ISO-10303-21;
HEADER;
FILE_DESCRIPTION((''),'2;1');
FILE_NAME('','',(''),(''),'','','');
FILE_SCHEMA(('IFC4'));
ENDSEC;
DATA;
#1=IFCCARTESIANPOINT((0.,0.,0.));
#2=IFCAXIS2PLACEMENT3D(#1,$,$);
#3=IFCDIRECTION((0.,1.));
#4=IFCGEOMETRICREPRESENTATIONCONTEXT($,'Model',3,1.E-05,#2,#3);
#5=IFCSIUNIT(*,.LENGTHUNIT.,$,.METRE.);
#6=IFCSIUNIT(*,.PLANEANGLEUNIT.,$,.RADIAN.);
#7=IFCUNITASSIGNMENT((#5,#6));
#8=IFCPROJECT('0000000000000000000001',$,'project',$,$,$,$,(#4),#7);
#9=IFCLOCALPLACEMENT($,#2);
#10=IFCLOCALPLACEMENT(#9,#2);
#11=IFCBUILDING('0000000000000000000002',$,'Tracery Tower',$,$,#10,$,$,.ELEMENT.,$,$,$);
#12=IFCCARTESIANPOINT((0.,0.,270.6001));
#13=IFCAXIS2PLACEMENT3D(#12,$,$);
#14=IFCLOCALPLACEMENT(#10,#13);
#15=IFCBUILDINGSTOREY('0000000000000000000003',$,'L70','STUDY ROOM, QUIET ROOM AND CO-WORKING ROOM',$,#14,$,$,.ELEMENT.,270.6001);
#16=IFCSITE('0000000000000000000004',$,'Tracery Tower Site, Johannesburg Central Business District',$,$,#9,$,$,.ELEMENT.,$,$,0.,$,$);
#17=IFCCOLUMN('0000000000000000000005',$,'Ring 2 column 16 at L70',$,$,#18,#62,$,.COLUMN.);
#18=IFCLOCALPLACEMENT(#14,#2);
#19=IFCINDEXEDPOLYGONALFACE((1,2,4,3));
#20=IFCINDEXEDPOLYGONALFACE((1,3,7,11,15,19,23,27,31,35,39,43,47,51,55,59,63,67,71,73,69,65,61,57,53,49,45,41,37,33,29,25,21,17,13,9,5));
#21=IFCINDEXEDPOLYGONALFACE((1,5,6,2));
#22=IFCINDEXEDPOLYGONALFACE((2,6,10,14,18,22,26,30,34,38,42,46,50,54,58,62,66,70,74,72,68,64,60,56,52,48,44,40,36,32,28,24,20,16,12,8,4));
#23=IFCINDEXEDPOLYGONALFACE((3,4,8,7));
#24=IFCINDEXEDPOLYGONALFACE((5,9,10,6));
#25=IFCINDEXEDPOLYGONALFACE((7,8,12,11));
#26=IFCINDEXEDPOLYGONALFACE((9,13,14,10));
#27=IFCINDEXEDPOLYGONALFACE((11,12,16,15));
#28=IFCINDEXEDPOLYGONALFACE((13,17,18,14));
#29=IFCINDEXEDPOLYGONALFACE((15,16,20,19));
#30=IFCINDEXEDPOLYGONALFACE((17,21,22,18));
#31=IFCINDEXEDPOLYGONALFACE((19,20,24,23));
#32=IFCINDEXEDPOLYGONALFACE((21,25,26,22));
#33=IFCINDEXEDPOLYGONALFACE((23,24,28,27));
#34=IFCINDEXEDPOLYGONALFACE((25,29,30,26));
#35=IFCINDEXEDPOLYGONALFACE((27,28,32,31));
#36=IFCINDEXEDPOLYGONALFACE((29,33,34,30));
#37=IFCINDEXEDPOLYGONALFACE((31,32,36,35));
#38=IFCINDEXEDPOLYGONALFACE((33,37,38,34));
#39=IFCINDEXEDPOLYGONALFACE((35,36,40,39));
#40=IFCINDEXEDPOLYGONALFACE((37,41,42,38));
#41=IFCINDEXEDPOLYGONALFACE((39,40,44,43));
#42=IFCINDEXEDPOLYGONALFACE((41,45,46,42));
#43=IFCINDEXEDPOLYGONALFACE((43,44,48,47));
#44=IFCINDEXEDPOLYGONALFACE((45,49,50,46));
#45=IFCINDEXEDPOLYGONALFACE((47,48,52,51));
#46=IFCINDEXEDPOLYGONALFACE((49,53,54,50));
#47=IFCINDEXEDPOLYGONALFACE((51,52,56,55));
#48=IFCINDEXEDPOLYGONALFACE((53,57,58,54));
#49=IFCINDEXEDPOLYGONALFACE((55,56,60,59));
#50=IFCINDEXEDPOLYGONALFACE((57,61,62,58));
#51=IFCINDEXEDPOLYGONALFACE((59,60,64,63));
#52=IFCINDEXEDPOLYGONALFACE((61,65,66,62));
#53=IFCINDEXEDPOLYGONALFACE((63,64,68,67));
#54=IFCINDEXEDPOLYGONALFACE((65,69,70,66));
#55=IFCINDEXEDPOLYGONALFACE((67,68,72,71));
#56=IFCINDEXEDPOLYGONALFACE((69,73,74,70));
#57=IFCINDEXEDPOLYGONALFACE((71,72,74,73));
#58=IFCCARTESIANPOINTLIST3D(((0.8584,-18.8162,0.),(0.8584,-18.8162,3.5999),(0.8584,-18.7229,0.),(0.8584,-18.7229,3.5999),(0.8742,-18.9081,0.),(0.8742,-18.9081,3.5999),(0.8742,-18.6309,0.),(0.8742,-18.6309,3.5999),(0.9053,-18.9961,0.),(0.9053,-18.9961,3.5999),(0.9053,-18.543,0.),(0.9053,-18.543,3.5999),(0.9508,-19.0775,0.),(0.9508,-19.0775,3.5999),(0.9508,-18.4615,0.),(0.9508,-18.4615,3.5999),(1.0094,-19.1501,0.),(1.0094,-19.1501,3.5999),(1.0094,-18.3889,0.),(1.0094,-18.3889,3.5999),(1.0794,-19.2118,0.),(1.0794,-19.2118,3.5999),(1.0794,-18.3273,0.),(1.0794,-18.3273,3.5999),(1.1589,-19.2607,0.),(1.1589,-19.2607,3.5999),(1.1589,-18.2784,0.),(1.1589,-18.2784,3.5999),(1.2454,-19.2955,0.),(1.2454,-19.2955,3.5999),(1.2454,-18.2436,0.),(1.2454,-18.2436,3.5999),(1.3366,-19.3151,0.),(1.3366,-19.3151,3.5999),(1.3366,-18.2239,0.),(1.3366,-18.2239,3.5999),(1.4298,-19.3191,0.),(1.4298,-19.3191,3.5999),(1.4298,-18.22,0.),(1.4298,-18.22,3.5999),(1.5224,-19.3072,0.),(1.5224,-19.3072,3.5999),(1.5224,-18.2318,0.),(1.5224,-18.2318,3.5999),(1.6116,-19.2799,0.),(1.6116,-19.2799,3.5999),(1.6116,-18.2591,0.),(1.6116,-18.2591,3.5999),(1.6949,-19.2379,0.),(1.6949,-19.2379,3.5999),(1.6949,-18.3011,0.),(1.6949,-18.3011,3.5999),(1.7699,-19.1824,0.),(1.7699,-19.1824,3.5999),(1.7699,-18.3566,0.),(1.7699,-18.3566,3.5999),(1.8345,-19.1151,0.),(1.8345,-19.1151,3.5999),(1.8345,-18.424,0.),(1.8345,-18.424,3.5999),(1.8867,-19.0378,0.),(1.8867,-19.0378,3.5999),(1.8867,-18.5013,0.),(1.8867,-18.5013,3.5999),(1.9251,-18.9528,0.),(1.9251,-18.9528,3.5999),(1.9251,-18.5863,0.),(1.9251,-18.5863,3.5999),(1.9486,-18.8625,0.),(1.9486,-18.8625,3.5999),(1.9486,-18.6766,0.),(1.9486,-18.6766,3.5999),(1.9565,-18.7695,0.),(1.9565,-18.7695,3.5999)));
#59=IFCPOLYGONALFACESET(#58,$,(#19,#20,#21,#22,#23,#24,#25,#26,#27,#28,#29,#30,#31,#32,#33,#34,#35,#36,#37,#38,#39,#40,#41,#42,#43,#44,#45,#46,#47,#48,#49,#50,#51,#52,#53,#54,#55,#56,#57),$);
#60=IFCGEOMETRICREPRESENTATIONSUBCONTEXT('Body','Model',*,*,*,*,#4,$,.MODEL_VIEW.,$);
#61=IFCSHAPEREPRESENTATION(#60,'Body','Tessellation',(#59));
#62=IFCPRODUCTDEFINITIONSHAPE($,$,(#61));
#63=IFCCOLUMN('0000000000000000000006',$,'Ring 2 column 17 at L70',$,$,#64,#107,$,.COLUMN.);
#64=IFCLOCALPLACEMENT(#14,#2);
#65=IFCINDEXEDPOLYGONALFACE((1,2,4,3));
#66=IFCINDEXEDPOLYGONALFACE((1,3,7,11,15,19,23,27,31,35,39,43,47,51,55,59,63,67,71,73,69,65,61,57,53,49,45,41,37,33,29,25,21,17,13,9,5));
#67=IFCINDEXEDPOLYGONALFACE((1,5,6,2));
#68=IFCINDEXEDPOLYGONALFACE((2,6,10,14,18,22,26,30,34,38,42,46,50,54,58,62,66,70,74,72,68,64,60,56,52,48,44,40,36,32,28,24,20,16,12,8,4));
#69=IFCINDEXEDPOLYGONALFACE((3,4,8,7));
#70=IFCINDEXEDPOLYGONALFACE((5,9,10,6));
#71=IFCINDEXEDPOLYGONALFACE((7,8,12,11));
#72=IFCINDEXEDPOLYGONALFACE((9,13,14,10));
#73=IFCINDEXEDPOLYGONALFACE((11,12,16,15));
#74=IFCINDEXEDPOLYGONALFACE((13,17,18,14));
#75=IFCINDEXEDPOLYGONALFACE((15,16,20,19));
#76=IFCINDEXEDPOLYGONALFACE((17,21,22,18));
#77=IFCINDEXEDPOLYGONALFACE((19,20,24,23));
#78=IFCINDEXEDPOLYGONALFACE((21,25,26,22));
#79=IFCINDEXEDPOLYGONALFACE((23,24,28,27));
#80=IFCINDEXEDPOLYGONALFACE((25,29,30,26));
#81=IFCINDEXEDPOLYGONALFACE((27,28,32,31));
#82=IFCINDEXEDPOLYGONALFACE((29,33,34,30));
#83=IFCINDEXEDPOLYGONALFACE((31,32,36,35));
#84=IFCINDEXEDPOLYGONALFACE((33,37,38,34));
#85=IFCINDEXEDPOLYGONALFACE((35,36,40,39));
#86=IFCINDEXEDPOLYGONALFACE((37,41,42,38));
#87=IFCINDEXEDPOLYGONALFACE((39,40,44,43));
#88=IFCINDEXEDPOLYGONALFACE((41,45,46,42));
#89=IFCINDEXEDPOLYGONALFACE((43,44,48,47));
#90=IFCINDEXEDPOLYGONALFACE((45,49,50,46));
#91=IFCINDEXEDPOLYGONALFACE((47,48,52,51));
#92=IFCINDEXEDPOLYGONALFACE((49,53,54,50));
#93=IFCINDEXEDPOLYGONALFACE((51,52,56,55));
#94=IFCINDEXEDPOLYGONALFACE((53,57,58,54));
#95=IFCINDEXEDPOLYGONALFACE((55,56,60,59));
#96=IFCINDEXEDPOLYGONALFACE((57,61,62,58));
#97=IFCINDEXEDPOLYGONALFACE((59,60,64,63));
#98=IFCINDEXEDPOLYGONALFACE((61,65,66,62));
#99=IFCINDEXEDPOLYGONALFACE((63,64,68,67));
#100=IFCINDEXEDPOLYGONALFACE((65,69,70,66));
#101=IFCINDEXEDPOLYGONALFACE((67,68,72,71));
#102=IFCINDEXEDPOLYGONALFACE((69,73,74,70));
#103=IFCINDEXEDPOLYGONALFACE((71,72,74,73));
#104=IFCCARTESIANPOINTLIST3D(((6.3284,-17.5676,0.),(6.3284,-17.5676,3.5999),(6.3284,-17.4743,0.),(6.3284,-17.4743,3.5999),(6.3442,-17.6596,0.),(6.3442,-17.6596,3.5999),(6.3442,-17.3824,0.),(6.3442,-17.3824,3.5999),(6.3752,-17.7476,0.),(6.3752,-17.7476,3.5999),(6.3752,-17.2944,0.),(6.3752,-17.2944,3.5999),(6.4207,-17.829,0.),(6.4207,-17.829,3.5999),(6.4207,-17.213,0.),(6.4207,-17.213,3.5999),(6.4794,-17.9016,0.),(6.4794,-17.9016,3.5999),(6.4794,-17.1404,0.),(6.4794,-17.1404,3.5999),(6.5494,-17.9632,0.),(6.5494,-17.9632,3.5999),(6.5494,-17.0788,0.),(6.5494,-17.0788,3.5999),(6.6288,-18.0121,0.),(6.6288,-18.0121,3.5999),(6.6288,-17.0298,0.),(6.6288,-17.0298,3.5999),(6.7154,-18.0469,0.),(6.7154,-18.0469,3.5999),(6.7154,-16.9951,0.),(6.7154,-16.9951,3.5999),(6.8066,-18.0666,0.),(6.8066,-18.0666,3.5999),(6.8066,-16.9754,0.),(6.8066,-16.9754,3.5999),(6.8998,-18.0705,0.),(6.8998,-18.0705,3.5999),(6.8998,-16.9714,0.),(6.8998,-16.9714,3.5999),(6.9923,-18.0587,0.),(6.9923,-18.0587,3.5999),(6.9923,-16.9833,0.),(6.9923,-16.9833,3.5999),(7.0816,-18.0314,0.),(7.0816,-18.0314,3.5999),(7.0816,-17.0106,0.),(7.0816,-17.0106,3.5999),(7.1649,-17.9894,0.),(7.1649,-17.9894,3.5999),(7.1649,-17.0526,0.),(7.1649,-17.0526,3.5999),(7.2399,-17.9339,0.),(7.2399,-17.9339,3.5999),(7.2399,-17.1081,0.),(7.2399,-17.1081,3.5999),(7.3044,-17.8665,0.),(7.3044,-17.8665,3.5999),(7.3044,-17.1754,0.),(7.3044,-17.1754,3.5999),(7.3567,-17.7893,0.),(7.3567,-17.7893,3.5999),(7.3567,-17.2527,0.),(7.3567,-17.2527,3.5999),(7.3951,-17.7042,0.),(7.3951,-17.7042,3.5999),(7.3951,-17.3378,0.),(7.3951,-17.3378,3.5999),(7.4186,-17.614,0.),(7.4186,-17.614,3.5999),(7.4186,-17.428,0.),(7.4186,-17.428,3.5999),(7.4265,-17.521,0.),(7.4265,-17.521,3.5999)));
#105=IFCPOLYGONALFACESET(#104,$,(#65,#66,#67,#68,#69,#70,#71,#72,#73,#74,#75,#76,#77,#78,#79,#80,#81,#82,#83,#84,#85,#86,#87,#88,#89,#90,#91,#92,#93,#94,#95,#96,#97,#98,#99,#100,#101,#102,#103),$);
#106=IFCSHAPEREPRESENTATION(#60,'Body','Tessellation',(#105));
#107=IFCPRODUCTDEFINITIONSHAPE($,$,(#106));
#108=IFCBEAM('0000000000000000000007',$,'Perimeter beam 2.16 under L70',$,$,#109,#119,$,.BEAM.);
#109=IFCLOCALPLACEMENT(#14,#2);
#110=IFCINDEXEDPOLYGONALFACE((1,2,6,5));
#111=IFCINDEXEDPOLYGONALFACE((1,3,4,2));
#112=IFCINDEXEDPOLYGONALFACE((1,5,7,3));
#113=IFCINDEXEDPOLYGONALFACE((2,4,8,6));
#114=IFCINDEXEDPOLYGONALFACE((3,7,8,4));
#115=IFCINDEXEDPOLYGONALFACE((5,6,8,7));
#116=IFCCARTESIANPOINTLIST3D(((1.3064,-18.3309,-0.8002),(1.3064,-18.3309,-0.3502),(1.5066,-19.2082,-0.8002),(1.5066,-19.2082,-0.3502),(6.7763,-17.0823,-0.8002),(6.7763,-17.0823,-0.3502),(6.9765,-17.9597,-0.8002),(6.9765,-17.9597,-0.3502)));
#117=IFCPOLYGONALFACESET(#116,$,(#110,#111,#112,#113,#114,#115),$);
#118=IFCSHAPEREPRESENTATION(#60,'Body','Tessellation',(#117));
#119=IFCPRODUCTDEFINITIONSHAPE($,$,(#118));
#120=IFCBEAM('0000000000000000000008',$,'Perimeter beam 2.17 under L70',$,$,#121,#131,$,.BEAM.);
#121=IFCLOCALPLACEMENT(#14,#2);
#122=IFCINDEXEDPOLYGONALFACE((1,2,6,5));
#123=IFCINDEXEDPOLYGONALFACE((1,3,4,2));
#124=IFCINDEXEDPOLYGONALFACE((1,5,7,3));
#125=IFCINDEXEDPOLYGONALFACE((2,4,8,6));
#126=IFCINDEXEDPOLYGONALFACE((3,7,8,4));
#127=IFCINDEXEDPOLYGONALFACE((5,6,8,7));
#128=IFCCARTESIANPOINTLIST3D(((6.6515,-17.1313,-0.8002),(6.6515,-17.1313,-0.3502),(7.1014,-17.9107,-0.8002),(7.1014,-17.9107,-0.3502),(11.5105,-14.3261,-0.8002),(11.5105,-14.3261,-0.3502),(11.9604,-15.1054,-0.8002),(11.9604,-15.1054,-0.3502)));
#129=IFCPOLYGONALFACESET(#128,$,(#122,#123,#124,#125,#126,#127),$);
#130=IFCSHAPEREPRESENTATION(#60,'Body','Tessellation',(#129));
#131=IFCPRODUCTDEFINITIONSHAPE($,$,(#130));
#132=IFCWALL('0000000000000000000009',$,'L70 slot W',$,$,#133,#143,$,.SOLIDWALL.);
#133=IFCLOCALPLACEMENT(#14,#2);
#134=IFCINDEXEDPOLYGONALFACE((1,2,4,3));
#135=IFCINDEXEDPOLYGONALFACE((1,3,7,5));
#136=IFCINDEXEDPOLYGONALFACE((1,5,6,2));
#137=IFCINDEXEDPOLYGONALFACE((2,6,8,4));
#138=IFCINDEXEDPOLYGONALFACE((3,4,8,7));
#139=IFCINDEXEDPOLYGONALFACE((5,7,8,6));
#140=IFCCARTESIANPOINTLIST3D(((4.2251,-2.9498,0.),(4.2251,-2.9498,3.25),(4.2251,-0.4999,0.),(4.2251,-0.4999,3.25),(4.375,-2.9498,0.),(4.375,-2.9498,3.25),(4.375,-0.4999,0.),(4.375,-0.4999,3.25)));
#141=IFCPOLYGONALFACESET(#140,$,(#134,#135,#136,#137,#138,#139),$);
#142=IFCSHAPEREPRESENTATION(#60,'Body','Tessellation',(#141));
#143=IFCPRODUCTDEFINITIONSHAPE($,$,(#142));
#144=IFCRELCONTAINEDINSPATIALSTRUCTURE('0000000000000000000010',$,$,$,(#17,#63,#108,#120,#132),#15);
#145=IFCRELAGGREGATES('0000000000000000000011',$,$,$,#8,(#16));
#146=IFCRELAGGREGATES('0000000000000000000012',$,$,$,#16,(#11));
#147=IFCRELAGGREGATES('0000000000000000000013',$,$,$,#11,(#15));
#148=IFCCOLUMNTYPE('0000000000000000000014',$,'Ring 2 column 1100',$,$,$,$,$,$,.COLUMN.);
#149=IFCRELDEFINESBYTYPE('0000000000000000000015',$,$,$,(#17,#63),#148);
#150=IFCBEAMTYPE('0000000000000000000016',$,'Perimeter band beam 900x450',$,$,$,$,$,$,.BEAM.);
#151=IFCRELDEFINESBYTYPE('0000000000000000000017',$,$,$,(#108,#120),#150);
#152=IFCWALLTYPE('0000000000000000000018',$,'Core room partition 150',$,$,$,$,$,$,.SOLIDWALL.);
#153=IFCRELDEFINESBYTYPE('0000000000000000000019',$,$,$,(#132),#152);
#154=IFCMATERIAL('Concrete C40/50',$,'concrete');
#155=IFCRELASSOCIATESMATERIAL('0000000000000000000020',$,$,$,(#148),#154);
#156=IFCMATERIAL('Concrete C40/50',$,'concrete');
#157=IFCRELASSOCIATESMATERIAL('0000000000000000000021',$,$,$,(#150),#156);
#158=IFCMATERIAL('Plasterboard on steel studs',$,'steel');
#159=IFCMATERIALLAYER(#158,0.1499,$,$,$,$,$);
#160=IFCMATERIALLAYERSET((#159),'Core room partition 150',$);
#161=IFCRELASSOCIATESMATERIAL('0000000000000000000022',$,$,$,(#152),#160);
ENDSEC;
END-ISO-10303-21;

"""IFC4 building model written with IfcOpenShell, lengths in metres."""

from ifc_helpers import new_model, si_unit, direction, frame, frame_2d, origin, origin_2d, place, context, subcontext, project, spatial, rectangle, circle, extrude, material, layer, layer_set, material_profile, profile_set, type_object, element, save


model = new_model("IFC4")

# Units and contexts
model_context = context("Model", 3, precision=1e-05, world=origin(), true_north=direction((0.0, 1.0)))
body_context = subcontext(model_context, "Body", "Model", "MODEL_VIEW")
ifc_project = project(units=[si_unit("LENGTHUNIT", "METRE"), si_unit("PLANEANGLEUNIT", "RADIAN")], contexts=[model_context])

# Site, building, storey
site_placement = place(None, origin())
site = spatial("IfcSite", under=ifc_project, at=site_placement, Name="Tracery Tower Site, Johannesburg Central Business District", CompositionType="ELEMENT", RefElevation=0.0)
building_placement = place(site_placement, origin())
building = spatial("IfcBuilding", under=site, at=building_placement, Name="Tracery Tower", CompositionType="ELEMENT")
storey_placement = place(building_placement, frame((0.0, 0.0, 270.6001)))
storey = spatial("IfcBuildingStorey", under=building, at=storey_placement, Name="L70", Description="STUDY ROOM, QUIET ROOM AND CO-WORKING ROOM", CompositionType="ELEMENT", Elevation=270.6001)

# Columns
ifc_material_1 = material(Name="Concrete C40/50", Category="concrete")
ifc_material_profile_1 = material_profile(ifc_material_1, circle(Radius=0.55, at=origin_2d()), Name="RC D1100")
ifc_profile_set_1 = profile_set([ifc_material_profile_1], Name="Concrete C40/50")
column_type = type_object("IfcColumnType", Name="Ring 2 column 1100", PredefinedType="COLUMN", material=ifc_profile_set_1)
for number, where, z_axis, x_axis, name in (
    (1, (1.4065, -18.7695, 0.0), (0.0, 0.0, 1.0), (1.0, 0.0, 0.0), "Ring 2 column 16 at L70"),
    (2, (6.8765, -17.521, 0.0), (0.0, 0.0, 1.0), (1.0, 0.0, 0.0), "Ring 2 column 17 at L70"),
):
    element("IfcColumn", number, at=place(storey_placement, frame(where, z_axis=z_axis, x_axis=x_axis)), inside=storey, type_object=column_type, Name=name, PredefinedType="COLUMN", context=body_context, shape_type="SweptSolid", body=[
        extrude(circle(Radius=0.55, at=origin_2d()), origin(), (0.0, 0.0, 1.0), 3.5999),
    ])

# Beams
ifc_material_2 = material(Name="Concrete C40/50", Category="concrete")
ifc_material_profile_2 = material_profile(ifc_material_2, rectangle(XDim=0.8999, YDim=0.45, at=origin_2d()), Name="RC 900x450")
ifc_profile_set_2 = profile_set([ifc_material_profile_2], Name="Concrete C40/50")
beam_type = type_object("IfcBeamType", Name="Perimeter band beam 900x450", PredefinedType="BEAM", material=ifc_profile_set_2)
for number, where, z_axis, x_axis, name in (
    (3, (1.4065, -18.7695, -0.5752), (0.974926, 0.222529, 0.0), (-0.222529, 0.974926, 0.0), "Perimeter beam 2.16 under L70"),
    (4, (6.8765, -17.521, -0.5752), (0.866033, 0.499986, 0.0), (-0.499986, 0.866033, 0.0), "Perimeter beam 2.17 under L70"),
):
    element("IfcBeam", number, at=place(storey_placement, frame(where, z_axis=z_axis, x_axis=x_axis)), inside=storey, type_object=beam_type, Name=name, PredefinedType="BEAM", context=body_context, shape_type="SweptSolid", body=[
        extrude(rectangle(XDim=0.8999, YDim=0.45, at=origin_2d()), origin(), (0.0, 0.0, 1.0), 5.6106),
    ])

# Wall
ifc_material_3 = material(Name="Plasterboard on steel studs", Category="steel")
ifc_layer_1 = layer(ifc_material_3, 0.1499)
ifc_layer_set_1 = layer_set([ifc_layer_1], Name="Core room partition 150")
wall_type_1 = type_object("IfcWallType", Name="Core room partition 150", PredefinedType="SOLIDWALL", material=ifc_layer_set_1)
wall_1_placement = place(storey_placement, frame((4.3, -2.95, 0.0), z_axis=(0.0, 0.0, 1.0), x_axis=(0.0, 1.0, 0.0)))
element("IfcWall", 5, at=wall_1_placement, inside=storey, type_object=wall_type_1, Name="L70 slot W", PredefinedType="SOLIDWALL", context=body_context, shape_type="SweptSolid", body=[
    extrude(rectangle(XDim=2.45, YDim=0.1499, at=frame_2d((1.2251, 0.0))), origin(), (0.0, 0.0, 1.0), 3.25),
])

save(model, "model.ifc")
